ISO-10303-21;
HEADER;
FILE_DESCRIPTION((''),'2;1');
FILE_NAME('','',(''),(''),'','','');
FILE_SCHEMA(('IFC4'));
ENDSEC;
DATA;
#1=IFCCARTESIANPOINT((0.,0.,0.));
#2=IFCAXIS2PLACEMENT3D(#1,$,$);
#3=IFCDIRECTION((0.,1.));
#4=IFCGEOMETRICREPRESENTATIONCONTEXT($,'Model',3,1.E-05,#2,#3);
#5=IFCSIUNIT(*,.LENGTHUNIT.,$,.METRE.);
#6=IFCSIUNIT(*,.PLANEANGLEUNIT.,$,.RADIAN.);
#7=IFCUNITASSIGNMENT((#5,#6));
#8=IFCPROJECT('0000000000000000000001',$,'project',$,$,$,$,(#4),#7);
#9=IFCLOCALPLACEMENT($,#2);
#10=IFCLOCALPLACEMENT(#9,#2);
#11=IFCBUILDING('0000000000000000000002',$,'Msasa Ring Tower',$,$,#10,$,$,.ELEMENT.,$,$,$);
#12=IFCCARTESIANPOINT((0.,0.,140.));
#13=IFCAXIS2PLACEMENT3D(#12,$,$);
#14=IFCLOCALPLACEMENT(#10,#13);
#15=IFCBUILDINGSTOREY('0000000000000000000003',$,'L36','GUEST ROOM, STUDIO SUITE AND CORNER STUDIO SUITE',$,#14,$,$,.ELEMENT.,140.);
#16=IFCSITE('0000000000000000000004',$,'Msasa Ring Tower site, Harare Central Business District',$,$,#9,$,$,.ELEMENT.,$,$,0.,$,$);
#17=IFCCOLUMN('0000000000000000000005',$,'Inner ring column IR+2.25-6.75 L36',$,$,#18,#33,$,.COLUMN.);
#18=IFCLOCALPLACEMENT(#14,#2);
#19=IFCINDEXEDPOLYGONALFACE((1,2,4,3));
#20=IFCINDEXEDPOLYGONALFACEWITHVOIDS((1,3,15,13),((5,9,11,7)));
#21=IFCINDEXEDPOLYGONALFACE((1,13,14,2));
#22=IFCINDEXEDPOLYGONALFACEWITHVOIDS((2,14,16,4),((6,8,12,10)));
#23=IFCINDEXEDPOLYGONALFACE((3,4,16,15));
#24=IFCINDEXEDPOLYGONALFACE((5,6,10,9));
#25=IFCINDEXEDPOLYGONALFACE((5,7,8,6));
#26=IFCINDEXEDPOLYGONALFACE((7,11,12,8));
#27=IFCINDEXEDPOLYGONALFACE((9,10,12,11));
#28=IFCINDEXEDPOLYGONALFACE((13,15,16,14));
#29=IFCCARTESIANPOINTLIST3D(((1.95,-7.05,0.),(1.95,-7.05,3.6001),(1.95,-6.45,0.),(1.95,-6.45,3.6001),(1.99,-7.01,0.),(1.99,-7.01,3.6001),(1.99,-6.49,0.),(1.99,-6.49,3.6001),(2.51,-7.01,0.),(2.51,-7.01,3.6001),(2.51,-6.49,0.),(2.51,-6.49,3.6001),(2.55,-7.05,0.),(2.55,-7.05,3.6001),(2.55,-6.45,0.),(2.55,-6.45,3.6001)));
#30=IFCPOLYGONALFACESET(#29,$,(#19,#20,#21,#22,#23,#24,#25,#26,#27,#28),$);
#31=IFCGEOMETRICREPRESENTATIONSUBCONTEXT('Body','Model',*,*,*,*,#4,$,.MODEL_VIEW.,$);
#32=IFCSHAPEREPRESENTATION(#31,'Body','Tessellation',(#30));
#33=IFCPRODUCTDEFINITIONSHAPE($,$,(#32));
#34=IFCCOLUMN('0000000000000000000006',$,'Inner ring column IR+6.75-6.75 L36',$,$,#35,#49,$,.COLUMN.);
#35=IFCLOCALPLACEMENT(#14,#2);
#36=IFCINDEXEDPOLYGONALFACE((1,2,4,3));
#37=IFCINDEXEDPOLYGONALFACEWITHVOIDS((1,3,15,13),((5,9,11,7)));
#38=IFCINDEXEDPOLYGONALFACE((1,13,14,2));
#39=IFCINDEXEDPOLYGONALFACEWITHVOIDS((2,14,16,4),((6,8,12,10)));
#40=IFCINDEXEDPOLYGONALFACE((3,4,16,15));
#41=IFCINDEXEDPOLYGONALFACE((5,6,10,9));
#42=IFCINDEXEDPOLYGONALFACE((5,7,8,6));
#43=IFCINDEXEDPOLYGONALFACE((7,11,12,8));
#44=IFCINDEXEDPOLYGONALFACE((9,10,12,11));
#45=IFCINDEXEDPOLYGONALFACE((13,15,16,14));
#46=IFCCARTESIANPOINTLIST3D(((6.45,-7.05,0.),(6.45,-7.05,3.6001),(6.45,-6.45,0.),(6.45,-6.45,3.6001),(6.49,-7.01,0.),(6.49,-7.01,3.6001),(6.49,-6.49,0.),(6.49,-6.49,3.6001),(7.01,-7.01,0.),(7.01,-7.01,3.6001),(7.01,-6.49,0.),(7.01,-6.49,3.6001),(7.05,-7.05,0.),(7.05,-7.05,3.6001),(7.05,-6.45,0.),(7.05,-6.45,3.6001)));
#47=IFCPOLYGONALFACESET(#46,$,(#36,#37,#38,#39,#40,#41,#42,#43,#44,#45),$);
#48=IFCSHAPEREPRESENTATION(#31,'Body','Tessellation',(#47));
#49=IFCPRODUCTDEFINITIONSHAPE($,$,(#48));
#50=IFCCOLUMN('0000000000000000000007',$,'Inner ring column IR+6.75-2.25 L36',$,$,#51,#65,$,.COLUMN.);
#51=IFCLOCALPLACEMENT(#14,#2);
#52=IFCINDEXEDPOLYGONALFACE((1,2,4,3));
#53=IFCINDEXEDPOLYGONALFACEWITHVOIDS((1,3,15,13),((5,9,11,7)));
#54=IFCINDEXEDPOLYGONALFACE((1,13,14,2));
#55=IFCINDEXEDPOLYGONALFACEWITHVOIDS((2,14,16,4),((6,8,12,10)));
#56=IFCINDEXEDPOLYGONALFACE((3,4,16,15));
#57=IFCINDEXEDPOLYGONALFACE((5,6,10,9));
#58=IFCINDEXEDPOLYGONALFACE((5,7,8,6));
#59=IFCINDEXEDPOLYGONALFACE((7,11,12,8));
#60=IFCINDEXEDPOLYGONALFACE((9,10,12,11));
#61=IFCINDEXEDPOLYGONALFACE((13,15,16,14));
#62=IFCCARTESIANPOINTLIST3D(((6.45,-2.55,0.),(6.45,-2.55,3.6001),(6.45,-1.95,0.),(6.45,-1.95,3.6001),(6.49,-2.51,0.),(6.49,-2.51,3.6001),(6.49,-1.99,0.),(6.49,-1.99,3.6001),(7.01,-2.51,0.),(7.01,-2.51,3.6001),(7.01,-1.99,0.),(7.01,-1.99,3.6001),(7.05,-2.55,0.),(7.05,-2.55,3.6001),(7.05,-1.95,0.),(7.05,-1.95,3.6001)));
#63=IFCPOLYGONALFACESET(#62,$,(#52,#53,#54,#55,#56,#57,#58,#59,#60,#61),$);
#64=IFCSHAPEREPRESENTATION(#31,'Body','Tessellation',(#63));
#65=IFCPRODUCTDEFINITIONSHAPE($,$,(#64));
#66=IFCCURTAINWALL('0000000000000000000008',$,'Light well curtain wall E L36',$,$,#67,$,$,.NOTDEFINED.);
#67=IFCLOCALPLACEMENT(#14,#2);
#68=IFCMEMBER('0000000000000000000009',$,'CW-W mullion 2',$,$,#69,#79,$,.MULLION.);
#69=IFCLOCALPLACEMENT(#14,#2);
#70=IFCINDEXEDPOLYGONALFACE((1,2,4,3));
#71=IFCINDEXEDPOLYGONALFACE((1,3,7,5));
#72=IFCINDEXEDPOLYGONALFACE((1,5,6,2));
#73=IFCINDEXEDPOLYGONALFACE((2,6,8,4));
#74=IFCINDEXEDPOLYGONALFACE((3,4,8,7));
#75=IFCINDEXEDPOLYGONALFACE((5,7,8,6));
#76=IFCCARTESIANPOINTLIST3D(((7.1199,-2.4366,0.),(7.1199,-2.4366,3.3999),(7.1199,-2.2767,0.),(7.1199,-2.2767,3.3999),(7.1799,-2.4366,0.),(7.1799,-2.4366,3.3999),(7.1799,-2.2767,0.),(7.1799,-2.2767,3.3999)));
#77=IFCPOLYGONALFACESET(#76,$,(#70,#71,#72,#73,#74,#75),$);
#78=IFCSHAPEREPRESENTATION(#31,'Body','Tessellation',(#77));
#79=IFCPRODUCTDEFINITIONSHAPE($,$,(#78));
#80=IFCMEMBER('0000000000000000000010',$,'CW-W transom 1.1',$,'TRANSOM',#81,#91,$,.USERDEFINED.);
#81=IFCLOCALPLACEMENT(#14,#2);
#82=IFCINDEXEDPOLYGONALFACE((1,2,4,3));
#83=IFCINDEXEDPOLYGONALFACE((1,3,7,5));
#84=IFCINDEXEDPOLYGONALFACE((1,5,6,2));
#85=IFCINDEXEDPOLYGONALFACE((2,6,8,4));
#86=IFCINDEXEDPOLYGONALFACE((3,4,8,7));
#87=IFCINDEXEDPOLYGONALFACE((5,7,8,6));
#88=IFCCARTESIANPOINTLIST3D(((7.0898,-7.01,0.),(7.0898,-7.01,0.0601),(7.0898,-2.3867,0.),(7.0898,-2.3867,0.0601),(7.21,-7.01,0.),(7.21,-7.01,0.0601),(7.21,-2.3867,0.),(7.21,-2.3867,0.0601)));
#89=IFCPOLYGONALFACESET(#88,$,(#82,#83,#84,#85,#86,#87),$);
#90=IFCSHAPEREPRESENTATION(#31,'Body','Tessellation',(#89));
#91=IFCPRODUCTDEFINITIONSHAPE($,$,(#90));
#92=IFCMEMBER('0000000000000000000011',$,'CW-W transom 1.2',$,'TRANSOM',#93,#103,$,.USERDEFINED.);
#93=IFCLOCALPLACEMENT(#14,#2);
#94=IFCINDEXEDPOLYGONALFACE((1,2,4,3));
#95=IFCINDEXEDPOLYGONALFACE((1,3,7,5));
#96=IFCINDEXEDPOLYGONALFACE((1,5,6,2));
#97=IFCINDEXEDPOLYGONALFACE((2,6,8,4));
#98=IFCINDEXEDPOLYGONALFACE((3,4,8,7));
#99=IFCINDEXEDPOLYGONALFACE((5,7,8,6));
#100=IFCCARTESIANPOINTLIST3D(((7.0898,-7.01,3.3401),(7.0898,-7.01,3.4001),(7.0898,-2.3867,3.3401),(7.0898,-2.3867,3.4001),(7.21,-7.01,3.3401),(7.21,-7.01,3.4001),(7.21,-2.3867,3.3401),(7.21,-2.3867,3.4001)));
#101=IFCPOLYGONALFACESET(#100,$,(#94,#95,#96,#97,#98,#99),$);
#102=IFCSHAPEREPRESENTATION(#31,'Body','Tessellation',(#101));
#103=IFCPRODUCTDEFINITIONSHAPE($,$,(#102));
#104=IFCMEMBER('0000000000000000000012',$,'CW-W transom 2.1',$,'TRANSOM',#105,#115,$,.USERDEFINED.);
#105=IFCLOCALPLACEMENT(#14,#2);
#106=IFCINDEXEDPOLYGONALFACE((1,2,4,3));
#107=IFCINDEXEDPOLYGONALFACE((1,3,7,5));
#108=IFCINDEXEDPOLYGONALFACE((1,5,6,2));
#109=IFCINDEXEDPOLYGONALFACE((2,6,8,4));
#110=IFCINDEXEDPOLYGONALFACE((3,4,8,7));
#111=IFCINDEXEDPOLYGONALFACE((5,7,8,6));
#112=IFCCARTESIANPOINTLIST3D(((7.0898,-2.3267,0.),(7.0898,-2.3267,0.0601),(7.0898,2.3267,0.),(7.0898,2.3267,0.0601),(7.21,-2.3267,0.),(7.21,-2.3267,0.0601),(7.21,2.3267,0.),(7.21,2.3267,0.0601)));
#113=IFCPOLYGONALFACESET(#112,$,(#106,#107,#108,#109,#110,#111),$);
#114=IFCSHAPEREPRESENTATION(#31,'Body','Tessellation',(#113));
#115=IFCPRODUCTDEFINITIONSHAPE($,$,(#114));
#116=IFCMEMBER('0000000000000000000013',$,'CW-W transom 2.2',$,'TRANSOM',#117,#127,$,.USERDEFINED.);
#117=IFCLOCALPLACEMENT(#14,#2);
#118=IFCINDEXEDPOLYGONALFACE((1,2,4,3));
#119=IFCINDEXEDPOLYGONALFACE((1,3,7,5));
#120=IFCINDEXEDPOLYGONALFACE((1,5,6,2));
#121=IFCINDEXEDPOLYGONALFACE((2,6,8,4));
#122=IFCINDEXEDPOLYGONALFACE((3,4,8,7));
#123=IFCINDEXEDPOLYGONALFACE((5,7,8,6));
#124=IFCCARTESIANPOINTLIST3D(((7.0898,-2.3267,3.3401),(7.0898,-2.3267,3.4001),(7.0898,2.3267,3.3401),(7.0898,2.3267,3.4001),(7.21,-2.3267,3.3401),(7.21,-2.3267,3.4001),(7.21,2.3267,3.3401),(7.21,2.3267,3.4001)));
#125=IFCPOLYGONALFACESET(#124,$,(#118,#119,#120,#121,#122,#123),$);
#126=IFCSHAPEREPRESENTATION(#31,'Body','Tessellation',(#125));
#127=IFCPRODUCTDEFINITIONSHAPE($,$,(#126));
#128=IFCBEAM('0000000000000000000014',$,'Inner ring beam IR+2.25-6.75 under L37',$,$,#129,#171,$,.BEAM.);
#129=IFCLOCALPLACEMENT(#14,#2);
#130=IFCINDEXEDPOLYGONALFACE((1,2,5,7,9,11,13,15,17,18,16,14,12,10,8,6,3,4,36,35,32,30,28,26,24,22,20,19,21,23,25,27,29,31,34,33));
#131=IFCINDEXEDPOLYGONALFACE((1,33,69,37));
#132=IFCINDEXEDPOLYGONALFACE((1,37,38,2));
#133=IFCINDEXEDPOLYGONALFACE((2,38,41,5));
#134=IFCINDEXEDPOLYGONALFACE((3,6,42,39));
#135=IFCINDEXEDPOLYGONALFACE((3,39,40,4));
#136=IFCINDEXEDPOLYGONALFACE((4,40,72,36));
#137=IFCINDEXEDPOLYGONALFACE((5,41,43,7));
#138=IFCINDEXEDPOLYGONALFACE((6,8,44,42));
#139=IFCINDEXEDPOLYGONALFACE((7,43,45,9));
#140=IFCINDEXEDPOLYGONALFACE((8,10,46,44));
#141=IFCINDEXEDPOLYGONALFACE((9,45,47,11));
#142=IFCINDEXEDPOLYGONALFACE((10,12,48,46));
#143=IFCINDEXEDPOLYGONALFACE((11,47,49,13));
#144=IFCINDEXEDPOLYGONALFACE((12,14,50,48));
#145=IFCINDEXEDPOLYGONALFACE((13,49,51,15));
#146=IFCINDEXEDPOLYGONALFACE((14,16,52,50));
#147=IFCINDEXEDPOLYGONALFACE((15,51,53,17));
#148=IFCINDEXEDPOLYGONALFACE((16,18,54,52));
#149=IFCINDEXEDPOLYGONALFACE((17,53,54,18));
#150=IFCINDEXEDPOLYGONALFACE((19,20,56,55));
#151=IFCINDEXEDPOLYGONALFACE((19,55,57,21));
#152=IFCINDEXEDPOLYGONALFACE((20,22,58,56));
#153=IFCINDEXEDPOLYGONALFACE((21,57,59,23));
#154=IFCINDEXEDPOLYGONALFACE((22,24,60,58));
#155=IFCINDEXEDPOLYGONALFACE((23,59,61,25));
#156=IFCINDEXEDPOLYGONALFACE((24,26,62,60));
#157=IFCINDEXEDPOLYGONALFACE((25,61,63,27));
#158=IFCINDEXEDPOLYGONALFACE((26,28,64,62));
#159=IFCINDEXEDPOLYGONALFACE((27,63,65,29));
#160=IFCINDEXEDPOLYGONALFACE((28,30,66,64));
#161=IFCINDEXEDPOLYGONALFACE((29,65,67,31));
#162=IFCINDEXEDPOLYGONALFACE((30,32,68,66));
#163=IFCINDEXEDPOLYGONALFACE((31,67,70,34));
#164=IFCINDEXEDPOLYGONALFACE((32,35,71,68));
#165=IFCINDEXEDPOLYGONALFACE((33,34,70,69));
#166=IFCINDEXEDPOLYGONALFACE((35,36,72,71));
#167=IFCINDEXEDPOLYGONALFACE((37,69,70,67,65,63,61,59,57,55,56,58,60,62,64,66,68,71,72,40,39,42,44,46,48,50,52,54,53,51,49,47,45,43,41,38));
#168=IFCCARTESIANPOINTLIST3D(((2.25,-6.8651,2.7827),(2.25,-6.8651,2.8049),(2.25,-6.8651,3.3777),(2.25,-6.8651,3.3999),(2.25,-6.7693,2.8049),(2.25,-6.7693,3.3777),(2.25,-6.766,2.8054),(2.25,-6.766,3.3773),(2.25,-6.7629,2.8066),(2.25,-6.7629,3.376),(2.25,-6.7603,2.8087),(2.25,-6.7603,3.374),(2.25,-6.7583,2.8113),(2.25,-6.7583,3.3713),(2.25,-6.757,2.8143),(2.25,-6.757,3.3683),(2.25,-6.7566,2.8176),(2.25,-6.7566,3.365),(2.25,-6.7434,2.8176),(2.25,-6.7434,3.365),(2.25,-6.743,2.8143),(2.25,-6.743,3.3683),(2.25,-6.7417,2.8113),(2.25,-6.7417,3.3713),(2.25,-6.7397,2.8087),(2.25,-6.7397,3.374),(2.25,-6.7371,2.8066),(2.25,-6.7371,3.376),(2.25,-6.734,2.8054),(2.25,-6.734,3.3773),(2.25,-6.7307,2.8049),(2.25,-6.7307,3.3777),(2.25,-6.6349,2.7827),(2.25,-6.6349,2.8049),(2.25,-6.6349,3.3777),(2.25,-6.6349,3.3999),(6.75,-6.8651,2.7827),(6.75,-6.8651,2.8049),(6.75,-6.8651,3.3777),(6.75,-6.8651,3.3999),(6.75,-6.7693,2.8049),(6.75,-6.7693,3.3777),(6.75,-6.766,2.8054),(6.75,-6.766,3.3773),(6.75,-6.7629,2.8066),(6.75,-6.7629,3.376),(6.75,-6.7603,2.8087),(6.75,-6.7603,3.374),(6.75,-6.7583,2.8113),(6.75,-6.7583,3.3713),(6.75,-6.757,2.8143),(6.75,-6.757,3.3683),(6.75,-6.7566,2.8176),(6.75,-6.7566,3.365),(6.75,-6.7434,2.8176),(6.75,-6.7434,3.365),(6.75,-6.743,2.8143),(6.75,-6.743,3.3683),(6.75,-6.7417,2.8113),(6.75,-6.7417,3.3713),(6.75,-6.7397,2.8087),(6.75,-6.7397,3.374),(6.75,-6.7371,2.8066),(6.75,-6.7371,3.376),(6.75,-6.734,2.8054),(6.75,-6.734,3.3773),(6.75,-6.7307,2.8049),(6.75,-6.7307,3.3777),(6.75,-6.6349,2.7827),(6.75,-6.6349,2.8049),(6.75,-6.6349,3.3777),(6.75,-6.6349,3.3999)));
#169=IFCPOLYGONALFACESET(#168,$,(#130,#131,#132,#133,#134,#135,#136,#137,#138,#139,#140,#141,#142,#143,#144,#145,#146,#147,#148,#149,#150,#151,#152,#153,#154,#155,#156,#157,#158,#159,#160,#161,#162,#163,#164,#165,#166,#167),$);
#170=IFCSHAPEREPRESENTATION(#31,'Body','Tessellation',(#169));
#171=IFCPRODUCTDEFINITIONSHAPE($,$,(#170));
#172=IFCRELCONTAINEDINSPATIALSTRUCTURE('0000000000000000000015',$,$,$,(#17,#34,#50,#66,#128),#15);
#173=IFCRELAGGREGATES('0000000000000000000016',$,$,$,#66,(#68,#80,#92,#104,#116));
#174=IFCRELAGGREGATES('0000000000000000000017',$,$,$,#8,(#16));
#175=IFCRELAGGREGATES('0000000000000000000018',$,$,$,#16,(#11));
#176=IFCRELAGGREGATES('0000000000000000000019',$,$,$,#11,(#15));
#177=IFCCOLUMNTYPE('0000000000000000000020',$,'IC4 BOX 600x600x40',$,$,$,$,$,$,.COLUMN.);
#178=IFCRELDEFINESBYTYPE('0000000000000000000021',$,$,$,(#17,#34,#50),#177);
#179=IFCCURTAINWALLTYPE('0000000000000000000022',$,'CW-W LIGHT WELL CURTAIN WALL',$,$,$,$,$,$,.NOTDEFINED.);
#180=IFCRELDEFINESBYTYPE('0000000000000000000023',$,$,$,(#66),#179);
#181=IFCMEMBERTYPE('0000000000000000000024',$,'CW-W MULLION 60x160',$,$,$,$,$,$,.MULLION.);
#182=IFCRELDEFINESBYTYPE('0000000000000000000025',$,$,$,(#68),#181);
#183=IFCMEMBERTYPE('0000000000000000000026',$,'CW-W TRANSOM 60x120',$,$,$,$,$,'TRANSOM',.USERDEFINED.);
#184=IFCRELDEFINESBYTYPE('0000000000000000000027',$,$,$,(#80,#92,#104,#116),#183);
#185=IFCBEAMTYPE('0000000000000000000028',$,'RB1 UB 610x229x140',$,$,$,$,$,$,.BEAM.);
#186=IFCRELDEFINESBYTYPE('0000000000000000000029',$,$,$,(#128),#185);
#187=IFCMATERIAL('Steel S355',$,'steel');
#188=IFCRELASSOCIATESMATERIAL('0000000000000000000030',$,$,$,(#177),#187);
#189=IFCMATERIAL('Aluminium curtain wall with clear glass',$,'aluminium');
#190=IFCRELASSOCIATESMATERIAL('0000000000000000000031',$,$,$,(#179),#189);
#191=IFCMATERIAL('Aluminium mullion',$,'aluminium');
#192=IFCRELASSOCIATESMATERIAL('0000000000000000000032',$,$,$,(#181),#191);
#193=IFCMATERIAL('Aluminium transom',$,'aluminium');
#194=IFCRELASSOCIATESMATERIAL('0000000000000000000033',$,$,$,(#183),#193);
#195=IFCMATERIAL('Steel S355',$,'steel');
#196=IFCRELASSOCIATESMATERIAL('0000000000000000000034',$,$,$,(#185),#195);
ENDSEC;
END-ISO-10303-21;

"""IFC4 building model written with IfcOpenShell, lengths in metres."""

from ifc_helpers import new_model, si_unit, direction, frame, origin, origin_2d, place, context, subcontext, project, spatial, rectangle, hollow_rectangle, i_section, extrude, material, material_profile, profile_set, type_object, element, aggregate, save


model = new_model("IFC4")

# Units and contexts
model_context = context("Model", 3, precision=1e-05, world=origin(), true_north=direction((0.0, 1.0)))
body_context = subcontext(model_context, "Body", "Model", "MODEL_VIEW")
ifc_project = project(units=[si_unit("LENGTHUNIT", "METRE"), si_unit("PLANEANGLEUNIT", "RADIAN")], contexts=[model_context])

# Site, building, storey
site_placement = place(None, origin())
site = spatial("IfcSite", under=ifc_project, at=site_placement, Name="Msasa Ring Tower site, Harare Central Business District", CompositionType="ELEMENT", RefElevation=0.0)
building_placement = place(site_placement, origin())
building = spatial("IfcBuilding", under=site, at=building_placement, Name="Msasa Ring Tower", CompositionType="ELEMENT")
storey_placement = place(building_placement, frame((0.0, 0.0, 140.0)))
storey = spatial("IfcBuildingStorey", under=building, at=storey_placement, Name="L36", Description="GUEST ROOM, STUDIO SUITE AND CORNER STUDIO SUITE", CompositionType="ELEMENT", Elevation=140.0)

# Columns
ifc_material_1 = material(Name="Steel S355", Category="steel")
ifc_material_profile_1 = material_profile(ifc_material_1, hollow_rectangle(XDim=0.6001, YDim=0.6001, WallThickness=0.04, at=origin_2d()), Name="BOX 600x600x40")
ifc_profile_set_1 = profile_set([ifc_material_profile_1], Name="Steel S355")
column_type = type_object("IfcColumnType", Name="IC4 BOX 600x600x40", PredefinedType="COLUMN", material=ifc_profile_set_1)
for number, where, z_axis, x_axis, name in (
    (1, (2.25, -6.75, 0.0), (0.0, 0.0, 1.0), (1.0, 0.0, 0.0), "Inner ring column IR+2.25-6.75 L36"),
    (2, (6.75, -6.75, 0.0), (0.0, 0.0, 1.0), (1.0, 0.0, 0.0), "Inner ring column IR+6.75-6.75 L36"),
    (3, (6.75, -2.25, 0.0), (0.0, 0.0, 1.0), (1.0, 0.0, 0.0), "Inner ring column IR+6.75-2.25 L36"),
):
    element("IfcColumn", number, at=place(storey_placement, frame(where, z_axis=z_axis, x_axis=x_axis)), inside=storey, type_object=column_type, Name=name, PredefinedType="COLUMN", context=body_context, shape_type="SweptSolid", body=[
        extrude(hollow_rectangle(XDim=0.6001, YDim=0.6001, WallThickness=0.04, at=origin_2d()), origin(), (0.0, 0.0, 1.0), 3.6001),
    ])

# Curtain wall, members
ifc_material_2 = material(Name="Aluminium curtain wall with clear glass", Category="aluminium")
curtain_wall_type = type_object("IfcCurtainWallType", Name="CW-W LIGHT WELL CURTAIN WALL", PredefinedType="NOTDEFINED", material=ifc_material_2)
curtain_wall_placement = place(storey_placement, origin())
curtain_wall = element("IfcCurtainWall", 4, at=curtain_wall_placement, inside=storey, type_object=curtain_wall_type, Name="Light well curtain wall E L36", PredefinedType="NOTDEFINED")
ifc_material_3 = material(Name="Aluminium mullion", Category="aluminium")
ifc_material_profile_2 = material_profile(ifc_material_3, rectangle(XDim=0.0601, YDim=0.1599, at=origin_2d()), Name="AL 60x160")
ifc_profile_set_2 = profile_set([ifc_material_profile_2], Name="Aluminium mullion")
member_type_1 = type_object("IfcMemberType", Name="CW-W MULLION 60x160", PredefinedType="MULLION", material=ifc_profile_set_2)
member_1_placement = place(storey_placement, frame((7.1499, -2.3567, 0.0), z_axis=(0.0, 0.0, 1.0), x_axis=(-1.0, 0.0, 0.0)))
member_1 = element("IfcMember", 5, at=member_1_placement, type_object=member_type_1, Name="CW-W mullion 2", PredefinedType="MULLION", context=body_context, shape_type="SweptSolid", body=[
    extrude(rectangle(XDim=0.0601, YDim=0.1599, at=origin_2d()), origin(), (0.0, 0.0, 1.0), 3.3999),
])
ifc_material_4 = material(Name="Aluminium transom", Category="aluminium")
ifc_material_profile_3 = material_profile(ifc_material_4, rectangle(XDim=0.1201, YDim=0.0601, at=origin_2d()), Name="AL 60x120")
ifc_profile_set_3 = profile_set([ifc_material_profile_3], Name="Aluminium transom")
member_type_2 = type_object("IfcMemberType", Name="CW-W TRANSOM 60x120", ElementType="TRANSOM", PredefinedType="USERDEFINED", material=ifc_profile_set_3)
member_2_placement = place(storey_placement, frame((7.1499, -7.01, 0.03), z_axis=(0.0, 1.0, 0.0), x_axis=(-1.0, 0.0, 0.0)))
member_2 = element("IfcMember", 6, at=member_2_placement, type_object=member_type_2, Name="CW-W transom 1.1", ObjectType="TRANSOM", PredefinedType="USERDEFINED", context=body_context, shape_type="SweptSolid", body=[
    extrude(rectangle(XDim=0.1201, YDim=0.0601, at=origin_2d()), origin(), (0.0, 0.0, 1.0), 4.6233),
])
member_3_placement = place(storey_placement, frame((7.1499, -7.01, 3.3701), z_axis=(0.0, 1.0, 0.0), x_axis=(-1.0, 0.0, 0.0)))
member_3 = element("IfcMember", 7, at=member_3_placement, type_object=member_type_2, Name="CW-W transom 1.2", ObjectType="TRANSOM", PredefinedType="USERDEFINED", context=body_context, shape_type="SweptSolid", body=[
    extrude(rectangle(XDim=0.1201, YDim=0.0601, at=origin_2d()), origin(), (0.0, 0.0, 1.0), 4.6233),
])
member_4_placement = place(storey_placement, frame((7.1499, -2.3267, 0.03), z_axis=(0.0, 1.0, 0.0), x_axis=(-1.0, 0.0, 0.0)))
member_4 = element("IfcMember", 8, at=member_4_placement, type_object=member_type_2, Name="CW-W transom 2.1", ObjectType="TRANSOM", PredefinedType="USERDEFINED", context=body_context, shape_type="SweptSolid", body=[
    extrude(rectangle(XDim=0.1201, YDim=0.0601, at=origin_2d()), origin(), (0.0, 0.0, 1.0), 4.6533),
])
member_5_placement = place(storey_placement, frame((7.1499, -2.3267, 3.3701), z_axis=(0.0, 1.0, 0.0), x_axis=(-1.0, 0.0, 0.0)))
member_5 = element("IfcMember", 9, at=member_5_placement, type_object=member_type_2, Name="CW-W transom 2.2", ObjectType="TRANSOM", PredefinedType="USERDEFINED", context=body_context, shape_type="SweptSolid", body=[
    extrude(rectangle(XDim=0.1201, YDim=0.0601, at=origin_2d()), origin(), (0.0, 0.0, 1.0), 4.6533),
])

# Beam
ifc_material_5 = material(Name="Steel S355", Category="steel")
ifc_material_profile_4 = material_profile(ifc_material_5, i_section(OverallWidth=0.2302, OverallDepth=0.6172, WebThickness=0.0132, FlangeThickness=0.0222, FilletRadius=0.0127, at=origin_2d()), Name="UB 610x229x140")
ifc_profile_set_4 = profile_set([ifc_material_profile_4], Name="Steel S355")
beam_type = type_object("IfcBeamType", Name="RB1 UB 610x229x140", PredefinedType="BEAM", material=ifc_profile_set_4)
for number, where, z_axis, x_axis, name in (
    (10, (2.25, -6.75, 3.0913), (1.0, 0.0, 0.0), (0.0, 1.0, 0.0), "Inner ring beam IR+2.25-6.75 under L37"),
):
    element("IfcBeam", number, at=place(storey_placement, frame(where, z_axis=z_axis, x_axis=x_axis)), inside=storey, type_object=beam_type, Name=name, PredefinedType="BEAM", context=body_context, shape_type="SweptSolid", body=[
        extrude(i_section(OverallWidth=0.2302, OverallDepth=0.6172, WebThickness=0.0132, FlangeThickness=0.0222, FilletRadius=0.0127, at=origin_2d()), origin(), (0.0, 0.0, 1.0), 4.5),
    ])

aggregate(curtain_wall, [member_1, member_2, member_3, member_4, member_5])

save(model, "model.ifc")
